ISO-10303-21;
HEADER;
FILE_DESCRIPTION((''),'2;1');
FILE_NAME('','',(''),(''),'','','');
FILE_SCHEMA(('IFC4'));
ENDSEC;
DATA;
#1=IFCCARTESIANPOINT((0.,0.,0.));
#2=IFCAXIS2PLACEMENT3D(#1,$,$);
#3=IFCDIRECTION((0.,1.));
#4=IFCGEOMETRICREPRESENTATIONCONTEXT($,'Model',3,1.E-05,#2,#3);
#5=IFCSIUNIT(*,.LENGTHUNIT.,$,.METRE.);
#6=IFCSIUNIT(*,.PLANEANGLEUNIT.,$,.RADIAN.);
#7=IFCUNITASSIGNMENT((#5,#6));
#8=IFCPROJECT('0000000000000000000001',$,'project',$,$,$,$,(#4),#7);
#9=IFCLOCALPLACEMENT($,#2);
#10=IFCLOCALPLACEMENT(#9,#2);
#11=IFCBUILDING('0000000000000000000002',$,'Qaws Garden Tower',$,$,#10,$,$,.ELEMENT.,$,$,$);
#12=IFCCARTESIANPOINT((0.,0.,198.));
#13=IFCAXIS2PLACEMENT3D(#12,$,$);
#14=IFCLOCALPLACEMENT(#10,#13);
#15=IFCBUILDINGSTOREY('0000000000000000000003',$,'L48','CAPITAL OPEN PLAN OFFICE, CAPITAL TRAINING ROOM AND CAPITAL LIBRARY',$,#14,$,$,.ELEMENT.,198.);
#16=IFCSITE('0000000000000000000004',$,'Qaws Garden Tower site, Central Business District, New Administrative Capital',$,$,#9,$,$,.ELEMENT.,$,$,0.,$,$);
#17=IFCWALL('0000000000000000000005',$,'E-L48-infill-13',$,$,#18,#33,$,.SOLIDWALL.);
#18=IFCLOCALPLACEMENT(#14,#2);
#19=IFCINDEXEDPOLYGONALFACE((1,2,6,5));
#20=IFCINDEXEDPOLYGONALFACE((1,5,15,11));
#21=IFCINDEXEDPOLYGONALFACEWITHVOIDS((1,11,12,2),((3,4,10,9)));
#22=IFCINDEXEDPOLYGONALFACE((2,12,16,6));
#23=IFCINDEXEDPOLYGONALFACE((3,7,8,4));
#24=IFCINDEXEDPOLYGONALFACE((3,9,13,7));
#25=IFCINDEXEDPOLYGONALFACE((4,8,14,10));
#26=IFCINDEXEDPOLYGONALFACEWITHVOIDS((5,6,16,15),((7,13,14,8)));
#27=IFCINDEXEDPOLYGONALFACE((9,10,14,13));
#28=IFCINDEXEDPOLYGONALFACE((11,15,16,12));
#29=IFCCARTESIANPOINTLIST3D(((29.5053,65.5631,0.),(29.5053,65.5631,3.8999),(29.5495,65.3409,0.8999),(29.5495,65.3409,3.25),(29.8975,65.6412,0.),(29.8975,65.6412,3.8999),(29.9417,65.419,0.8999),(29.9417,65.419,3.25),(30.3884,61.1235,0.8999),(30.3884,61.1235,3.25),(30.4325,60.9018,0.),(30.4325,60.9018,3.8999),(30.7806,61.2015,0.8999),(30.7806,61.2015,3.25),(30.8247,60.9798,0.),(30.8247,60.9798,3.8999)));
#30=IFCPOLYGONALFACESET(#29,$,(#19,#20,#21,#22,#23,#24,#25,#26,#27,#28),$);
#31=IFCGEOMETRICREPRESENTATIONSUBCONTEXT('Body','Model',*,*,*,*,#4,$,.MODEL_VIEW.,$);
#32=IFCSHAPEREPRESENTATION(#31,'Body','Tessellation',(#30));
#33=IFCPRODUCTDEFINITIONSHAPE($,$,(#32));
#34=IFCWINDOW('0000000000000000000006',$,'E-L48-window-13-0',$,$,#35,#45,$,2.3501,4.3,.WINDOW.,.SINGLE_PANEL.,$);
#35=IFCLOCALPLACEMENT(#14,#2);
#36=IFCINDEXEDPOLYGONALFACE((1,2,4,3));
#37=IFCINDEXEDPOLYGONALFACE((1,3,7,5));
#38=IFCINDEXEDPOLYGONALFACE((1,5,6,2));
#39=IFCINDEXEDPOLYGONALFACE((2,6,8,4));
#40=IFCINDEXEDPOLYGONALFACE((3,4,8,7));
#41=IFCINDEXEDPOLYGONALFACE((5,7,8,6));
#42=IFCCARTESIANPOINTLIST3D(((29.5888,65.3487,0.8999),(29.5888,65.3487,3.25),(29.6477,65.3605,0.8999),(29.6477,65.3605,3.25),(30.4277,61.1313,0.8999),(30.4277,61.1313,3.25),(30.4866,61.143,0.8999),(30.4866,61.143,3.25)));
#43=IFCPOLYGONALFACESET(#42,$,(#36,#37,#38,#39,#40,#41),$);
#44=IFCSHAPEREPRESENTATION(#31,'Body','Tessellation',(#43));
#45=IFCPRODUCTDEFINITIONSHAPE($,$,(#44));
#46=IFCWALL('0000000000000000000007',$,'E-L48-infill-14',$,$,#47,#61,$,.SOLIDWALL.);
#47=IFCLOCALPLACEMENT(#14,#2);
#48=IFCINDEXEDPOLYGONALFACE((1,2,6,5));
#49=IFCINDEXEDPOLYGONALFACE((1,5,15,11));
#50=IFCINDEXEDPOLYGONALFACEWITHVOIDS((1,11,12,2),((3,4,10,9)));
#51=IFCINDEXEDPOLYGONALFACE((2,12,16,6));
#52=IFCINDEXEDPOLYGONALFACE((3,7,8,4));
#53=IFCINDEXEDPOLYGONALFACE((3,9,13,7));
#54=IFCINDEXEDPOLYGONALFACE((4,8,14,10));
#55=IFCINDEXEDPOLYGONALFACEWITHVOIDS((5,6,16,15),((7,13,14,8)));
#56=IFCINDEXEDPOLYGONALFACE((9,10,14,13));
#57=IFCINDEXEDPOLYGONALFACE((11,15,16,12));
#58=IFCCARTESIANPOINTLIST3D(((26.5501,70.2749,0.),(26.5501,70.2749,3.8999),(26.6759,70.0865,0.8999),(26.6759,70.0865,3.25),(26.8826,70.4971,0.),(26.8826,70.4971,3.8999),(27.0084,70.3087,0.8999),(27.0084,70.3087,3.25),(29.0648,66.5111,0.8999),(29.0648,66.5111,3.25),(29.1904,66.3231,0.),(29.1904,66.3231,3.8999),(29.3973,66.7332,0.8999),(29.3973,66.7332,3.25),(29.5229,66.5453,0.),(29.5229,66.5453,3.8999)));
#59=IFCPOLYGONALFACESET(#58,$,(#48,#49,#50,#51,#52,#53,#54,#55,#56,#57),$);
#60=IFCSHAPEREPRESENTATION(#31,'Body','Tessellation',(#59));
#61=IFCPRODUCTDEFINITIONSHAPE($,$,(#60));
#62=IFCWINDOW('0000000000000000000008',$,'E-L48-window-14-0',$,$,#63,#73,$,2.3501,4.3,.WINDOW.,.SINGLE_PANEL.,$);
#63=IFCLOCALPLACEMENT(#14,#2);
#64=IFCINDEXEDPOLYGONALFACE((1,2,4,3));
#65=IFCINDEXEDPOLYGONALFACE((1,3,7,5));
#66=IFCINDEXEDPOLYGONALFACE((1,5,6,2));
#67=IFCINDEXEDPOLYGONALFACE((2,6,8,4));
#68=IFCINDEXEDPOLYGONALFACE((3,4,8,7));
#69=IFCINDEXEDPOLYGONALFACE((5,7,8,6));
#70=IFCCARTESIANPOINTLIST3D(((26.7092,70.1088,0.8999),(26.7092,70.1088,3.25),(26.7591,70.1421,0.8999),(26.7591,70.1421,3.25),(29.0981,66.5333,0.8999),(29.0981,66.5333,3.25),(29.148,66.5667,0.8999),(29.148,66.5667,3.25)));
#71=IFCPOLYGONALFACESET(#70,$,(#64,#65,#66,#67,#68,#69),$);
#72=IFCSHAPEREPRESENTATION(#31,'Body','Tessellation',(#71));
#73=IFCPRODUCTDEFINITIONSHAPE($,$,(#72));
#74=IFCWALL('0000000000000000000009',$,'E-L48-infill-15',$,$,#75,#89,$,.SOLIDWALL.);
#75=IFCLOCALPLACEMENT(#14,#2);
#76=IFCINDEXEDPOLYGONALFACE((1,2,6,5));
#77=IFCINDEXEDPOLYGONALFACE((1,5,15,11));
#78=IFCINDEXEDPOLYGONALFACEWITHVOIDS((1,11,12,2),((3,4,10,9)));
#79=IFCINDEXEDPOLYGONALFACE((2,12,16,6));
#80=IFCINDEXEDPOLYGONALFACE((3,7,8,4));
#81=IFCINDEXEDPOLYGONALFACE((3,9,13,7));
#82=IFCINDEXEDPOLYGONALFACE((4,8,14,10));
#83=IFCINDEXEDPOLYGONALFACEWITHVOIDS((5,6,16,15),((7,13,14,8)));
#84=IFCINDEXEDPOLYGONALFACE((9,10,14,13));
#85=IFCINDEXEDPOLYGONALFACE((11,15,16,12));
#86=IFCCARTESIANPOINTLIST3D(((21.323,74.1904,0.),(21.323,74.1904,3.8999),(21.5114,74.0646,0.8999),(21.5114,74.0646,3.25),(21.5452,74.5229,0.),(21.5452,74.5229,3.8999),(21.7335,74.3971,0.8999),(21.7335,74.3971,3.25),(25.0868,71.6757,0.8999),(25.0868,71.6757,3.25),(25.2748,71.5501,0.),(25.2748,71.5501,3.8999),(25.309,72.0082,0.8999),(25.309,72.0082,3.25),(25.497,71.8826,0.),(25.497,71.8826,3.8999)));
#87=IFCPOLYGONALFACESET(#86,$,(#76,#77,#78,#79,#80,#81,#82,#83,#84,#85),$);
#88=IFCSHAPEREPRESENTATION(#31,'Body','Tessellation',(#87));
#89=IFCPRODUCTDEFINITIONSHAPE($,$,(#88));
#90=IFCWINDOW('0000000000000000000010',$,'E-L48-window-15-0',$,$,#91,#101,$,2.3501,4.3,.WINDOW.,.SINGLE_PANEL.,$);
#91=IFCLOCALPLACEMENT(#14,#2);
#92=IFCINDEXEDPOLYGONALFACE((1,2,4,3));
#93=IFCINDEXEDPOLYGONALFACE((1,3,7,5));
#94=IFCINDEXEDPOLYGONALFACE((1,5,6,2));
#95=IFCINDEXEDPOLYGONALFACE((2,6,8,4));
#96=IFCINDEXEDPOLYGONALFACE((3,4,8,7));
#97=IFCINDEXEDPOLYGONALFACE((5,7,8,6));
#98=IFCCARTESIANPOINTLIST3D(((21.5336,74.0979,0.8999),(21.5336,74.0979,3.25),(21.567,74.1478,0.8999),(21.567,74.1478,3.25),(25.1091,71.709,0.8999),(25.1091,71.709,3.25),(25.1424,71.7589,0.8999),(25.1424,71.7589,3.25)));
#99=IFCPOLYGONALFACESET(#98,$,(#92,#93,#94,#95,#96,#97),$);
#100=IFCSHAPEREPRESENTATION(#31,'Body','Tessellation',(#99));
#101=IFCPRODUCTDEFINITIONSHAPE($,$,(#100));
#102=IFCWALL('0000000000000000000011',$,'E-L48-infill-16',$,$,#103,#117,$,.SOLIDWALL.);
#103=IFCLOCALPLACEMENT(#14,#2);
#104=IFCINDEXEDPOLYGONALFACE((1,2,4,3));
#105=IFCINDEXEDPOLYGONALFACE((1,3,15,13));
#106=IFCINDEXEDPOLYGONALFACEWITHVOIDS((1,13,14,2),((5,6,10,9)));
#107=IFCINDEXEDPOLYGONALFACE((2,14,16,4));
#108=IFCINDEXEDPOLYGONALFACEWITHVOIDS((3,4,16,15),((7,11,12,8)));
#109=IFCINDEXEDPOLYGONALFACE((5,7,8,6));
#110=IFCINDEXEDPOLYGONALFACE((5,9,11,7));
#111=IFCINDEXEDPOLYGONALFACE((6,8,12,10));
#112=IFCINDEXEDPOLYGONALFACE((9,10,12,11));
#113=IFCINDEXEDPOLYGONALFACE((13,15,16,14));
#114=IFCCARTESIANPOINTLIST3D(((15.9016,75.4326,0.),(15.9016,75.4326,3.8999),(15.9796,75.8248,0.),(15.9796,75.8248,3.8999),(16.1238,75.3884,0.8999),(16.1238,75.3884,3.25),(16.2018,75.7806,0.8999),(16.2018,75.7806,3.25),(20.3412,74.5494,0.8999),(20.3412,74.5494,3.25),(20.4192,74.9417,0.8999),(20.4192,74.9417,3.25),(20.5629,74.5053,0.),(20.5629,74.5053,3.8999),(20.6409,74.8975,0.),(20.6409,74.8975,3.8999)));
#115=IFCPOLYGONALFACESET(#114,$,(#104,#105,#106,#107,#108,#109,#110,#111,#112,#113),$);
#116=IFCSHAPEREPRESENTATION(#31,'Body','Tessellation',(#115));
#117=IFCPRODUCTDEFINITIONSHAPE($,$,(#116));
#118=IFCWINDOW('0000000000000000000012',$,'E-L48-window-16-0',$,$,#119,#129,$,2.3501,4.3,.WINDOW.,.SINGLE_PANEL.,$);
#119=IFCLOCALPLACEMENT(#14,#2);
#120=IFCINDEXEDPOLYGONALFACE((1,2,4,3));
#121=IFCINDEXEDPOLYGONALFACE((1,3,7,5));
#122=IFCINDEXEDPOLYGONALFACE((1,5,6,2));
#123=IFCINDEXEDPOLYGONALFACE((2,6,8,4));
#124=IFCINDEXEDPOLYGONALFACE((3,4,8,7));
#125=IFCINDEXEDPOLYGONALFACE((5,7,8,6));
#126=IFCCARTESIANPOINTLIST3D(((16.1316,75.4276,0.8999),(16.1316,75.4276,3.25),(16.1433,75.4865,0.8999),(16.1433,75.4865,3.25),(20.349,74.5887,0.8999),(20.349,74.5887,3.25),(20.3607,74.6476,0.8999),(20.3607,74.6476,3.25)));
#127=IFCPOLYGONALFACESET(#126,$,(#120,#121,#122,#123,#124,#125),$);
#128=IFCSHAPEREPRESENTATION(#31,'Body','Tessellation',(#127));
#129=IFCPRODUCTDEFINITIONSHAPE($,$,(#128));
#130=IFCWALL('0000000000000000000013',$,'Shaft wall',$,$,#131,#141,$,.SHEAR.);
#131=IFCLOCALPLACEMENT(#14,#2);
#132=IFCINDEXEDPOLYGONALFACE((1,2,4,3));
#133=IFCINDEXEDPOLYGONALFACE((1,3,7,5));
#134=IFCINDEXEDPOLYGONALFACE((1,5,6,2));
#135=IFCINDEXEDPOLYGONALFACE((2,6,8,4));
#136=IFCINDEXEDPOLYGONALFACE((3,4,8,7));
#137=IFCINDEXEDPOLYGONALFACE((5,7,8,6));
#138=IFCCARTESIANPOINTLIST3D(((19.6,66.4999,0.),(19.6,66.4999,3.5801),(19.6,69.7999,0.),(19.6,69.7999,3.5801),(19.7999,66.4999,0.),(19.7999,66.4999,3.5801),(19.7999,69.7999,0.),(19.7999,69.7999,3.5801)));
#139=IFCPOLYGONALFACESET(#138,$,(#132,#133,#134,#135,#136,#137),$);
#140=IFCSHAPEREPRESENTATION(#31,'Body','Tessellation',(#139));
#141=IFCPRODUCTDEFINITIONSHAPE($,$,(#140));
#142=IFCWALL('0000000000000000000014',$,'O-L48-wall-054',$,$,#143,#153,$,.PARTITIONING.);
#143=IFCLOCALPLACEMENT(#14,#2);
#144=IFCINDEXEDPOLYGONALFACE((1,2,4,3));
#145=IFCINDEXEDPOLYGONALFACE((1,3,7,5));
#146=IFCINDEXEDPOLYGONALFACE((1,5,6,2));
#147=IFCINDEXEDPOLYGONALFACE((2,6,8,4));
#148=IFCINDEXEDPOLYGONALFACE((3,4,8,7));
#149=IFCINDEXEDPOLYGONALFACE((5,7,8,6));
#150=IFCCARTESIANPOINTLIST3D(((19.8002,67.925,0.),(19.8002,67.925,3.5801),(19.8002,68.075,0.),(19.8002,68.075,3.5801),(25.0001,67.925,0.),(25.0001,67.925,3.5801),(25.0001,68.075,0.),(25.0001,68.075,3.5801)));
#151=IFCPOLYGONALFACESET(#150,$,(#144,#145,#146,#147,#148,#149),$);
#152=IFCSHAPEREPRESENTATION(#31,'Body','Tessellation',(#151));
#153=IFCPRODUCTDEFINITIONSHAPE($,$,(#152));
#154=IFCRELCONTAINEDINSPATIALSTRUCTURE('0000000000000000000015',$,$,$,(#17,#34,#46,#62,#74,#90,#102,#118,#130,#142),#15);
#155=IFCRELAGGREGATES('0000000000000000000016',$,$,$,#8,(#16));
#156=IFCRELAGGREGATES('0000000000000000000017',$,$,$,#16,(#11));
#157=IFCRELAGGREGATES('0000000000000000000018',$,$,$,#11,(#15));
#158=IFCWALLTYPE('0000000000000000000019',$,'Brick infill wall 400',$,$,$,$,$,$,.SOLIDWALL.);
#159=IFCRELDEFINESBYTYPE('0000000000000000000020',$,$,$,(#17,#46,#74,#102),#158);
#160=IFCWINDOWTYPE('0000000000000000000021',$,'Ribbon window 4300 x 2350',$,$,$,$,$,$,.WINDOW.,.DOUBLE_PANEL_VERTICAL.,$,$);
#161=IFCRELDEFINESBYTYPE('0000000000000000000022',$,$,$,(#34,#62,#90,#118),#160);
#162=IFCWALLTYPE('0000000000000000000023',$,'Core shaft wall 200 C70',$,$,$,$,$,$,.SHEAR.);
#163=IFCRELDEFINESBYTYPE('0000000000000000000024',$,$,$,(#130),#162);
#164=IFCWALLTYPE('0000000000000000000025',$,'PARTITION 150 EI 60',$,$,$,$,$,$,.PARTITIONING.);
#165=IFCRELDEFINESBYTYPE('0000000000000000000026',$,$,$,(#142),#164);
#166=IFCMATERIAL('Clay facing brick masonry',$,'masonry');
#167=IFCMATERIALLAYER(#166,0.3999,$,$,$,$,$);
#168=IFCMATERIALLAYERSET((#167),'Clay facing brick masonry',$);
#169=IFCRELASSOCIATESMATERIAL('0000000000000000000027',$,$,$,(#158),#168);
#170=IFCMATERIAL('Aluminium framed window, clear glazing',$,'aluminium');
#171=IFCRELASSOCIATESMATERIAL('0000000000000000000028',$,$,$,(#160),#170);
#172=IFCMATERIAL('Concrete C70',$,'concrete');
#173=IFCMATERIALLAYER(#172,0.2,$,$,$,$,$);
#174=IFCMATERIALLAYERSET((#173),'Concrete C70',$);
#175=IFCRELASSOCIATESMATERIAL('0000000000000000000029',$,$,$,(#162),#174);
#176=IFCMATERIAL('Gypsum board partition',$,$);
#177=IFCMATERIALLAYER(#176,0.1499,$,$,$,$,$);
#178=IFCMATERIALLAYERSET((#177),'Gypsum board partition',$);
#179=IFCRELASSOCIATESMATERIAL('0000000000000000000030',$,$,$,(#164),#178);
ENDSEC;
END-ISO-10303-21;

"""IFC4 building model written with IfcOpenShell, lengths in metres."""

from ifc_helpers import new_model, si_unit, direction, frame, frame_2d, origin, place, context, subcontext, project, spatial, rectangle, extrude, material, layer, layer_set, type_object, element, fill, save


model = new_model("IFC4")

# Units and contexts
model_context = context("Model", 3, precision=1e-05, world=origin(), true_north=direction((0.0, 1.0)))
body_context = subcontext(model_context, "Body", "Model", "MODEL_VIEW")
ifc_project = project(units=[si_unit("LENGTHUNIT", "METRE"), si_unit("PLANEANGLEUNIT", "RADIAN")], contexts=[model_context])

# Site, building, storey
site_placement = place(None, origin())
site = spatial("IfcSite", under=ifc_project, at=site_placement, Name="Qaws Garden Tower site, Central Business District, New Administrative Capital", CompositionType="ELEMENT", RefElevation=0.0)
building_placement = place(site_placement, origin())
building = spatial("IfcBuilding", under=site, at=building_placement, Name="Qaws Garden Tower", CompositionType="ELEMENT")
storey_placement = place(building_placement, frame((0.0, 0.0, 198.0)))
storey = spatial("IfcBuildingStorey", under=building, at=storey_placement, Name="L48", Description="CAPITAL OPEN PLAN OFFICE, CAPITAL TRAINING ROOM AND CAPITAL LIBRARY", CompositionType="ELEMENT", Elevation=198.0)

# Walls, openings, windows
ifc_material_1 = material(Name="Clay facing brick masonry", Category="masonry")
ifc_layer_1 = layer(ifc_material_1, 0.3999)
ifc_layer_set_1 = layer_set([ifc_layer_1], Name="Clay facing brick masonry")
wall_type_1 = type_object("IfcWallType", Name="Brick infill wall 400", PredefinedType="SOLIDWALL", material=ifc_layer_set_1)
wall_1_placement = place(storey_placement, frame((30.6287, 60.9407, 0.0), z_axis=(0.0, 0.0, 1.0), x_axis=(-0.195099, 0.980784, 0.0)))
wall_1 = element("IfcWall", 1, at=wall_1_placement, inside=storey, type_object=wall_type_1, Name="E-L48-infill-13", PredefinedType="SOLIDWALL", context=body_context, shape_type="SweptSolid", body=[
    extrude(rectangle(XDim=4.7527, YDim=0.3999, at=frame_2d((2.3765, 0.0))), origin(), (0.0, 0.0, 1.0), 3.8999),
])
opening_1_placement = place(wall_1_placement, frame((0.2263, 0.0, 0.8999)))
opening_1 = element("IfcOpeningElement", 2, at=opening_1_placement, cuts=wall_1, PredefinedType="OPENING", context=body_context, shape_type="SweptSolid", body=[
    extrude(rectangle(XDim=4.3, YDim=2.3501, at=frame_2d((2.1499, 1.175))), frame((0.0, 0.21, 0.0), z_axis=(0.0, -1.0, 0.0), x_axis=(1.0, 0.0, 0.0)), (0.0, 0.0, 1.0), 0.4199),
])
ifc_material_2 = material(Name="Aluminium framed window, clear glazing", Category="aluminium")
window_type = type_object("IfcWindowType", Name="Ribbon window 4300 x 2350", PartitioningType="DOUBLE_PANEL_VERTICAL", PredefinedType="WINDOW", material=ifc_material_2)
window_1_placement = place(opening_1_placement, origin())
window_1 = element("IfcWindow", 3, at=window_1_placement, inside=storey, type_object=window_type, Name="E-L48-window-13-0", OverallHeight=2.3501, OverallWidth=4.3, PartitioningType="SINGLE_PANEL", PredefinedType="WINDOW", context=body_context, shape_type="SweptSolid", body=[
    extrude(rectangle(XDim=4.3, YDim=2.3501, at=frame_2d((2.1499, 1.175))), frame((0.0, 0.1599, 0.0), z_axis=(0.0, -1.0, 0.0), x_axis=(1.0, 0.0, 0.0)), (0.0, 0.0, 1.0), 0.0601),
])
fill(opening_1, window_1)
wall_2_placement = place(storey_placement, frame((29.3567, 66.4341, 0.0), z_axis=(0.0, 0.0, 1.0), x_axis=(-0.555542, 0.831489, 0.0)))
wall_2 = element("IfcWall", 4, at=wall_2_placement, inside=storey, type_object=wall_type_1, Name="E-L48-infill-14", PredefinedType="SOLIDWALL", context=body_context, shape_type="SweptSolid", body=[
    extrude(rectangle(XDim=4.7527, YDim=0.3999, at=frame_2d((2.3765, 0.0))), origin(), (0.0, 0.0, 1.0), 3.8999),
])
opening_2_placement = place(wall_2_placement, frame((0.2263, 0.0, 0.8999)))
opening_2 = element("IfcOpeningElement", 5, at=opening_2_placement, cuts=wall_2, PredefinedType="OPENING", context=body_context, shape_type="SweptSolid", body=[
    extrude(rectangle(XDim=4.3, YDim=2.3501, at=frame_2d((2.1499, 1.175))), frame((0.0, 0.21, 0.0), z_axis=(0.0, -1.0, 0.0), x_axis=(1.0, 0.0, 0.0)), (0.0, 0.0, 1.0), 0.4199),
])
window_2_placement = place(opening_2_placement, origin())
window_2 = element("IfcWindow", 6, at=window_2_placement, inside=storey, type_object=window_type, Name="E-L48-window-14-0", OverallHeight=2.3501, OverallWidth=4.3, PartitioningType="SINGLE_PANEL", PredefinedType="WINDOW", context=body_context, shape_type="SweptSolid", body=[
    extrude(rectangle(XDim=4.3, YDim=2.3501, at=frame_2d((2.1499, 1.175))), frame((0.0, 0.1599, 0.0), z_axis=(0.0, -1.0, 0.0), x_axis=(1.0, 0.0, 0.0)), (0.0, 0.0, 1.0), 0.0601),
])
fill(opening_2, window_2)
wall_3_placement = place(storey_placement, frame((25.386, 71.7163, 0.0), z_axis=(0.0, 0.0, 1.0), x_axis=(-0.831489, 0.555542, 0.0)))
wall_3 = element("IfcWall", 7, at=wall_3_placement, inside=storey, type_object=wall_type_1, Name="E-L48-infill-15", PredefinedType="SOLIDWALL", context=body_context, shape_type="SweptSolid", body=[
    extrude(rectangle(XDim=4.7527, YDim=0.3999, at=frame_2d((2.3765, 0.0))), origin(), (0.0, 0.0, 1.0), 3.8999),
])
opening_3_placement = place(wall_3_placement, frame((0.2263, 0.0, 0.8999)))
opening_3 = element("IfcOpeningElement", 8, at=opening_3_placement, cuts=wall_3, PredefinedType="OPENING", context=body_context, shape_type="SweptSolid", body=[
    extrude(rectangle(XDim=4.3, YDim=2.3501, at=frame_2d((2.1499, 1.175))), frame((0.0, 0.21, 0.0), z_axis=(0.0, -1.0, 0.0), x_axis=(1.0, 0.0, 0.0)), (0.0, 0.0, 1.0), 0.4199),
])
window_3_placement = place(opening_3_placement, origin())
window_3 = element("IfcWindow", 9, at=window_3_placement, inside=storey, type_object=window_type, Name="E-L48-window-15-0", OverallHeight=2.3501, OverallWidth=4.3, PartitioningType="SINGLE_PANEL", PredefinedType="WINDOW", context=body_context, shape_type="SweptSolid", body=[
    extrude(rectangle(XDim=4.3, YDim=2.3501, at=frame_2d((2.1499, 1.175))), frame((0.0, 0.1599, 0.0), z_axis=(0.0, -1.0, 0.0), x_axis=(1.0, 0.0, 0.0)), (0.0, 0.0, 1.0), 0.0601),
])
fill(opening_3, window_3)
wall_4_placement = place(storey_placement, frame((20.6021, 74.7014, 0.0), z_axis=(0.0, 0.0, 1.0), x_axis=(-0.980784, 0.195099, 0.0)))
wall_4 = element("IfcWall", 10, at=wall_4_placement, inside=storey, type_object=wall_type_1, Name="E-L48-infill-16", PredefinedType="SOLIDWALL", context=body_context, shape_type="SweptSolid", body=[
    extrude(rectangle(XDim=4.7527, YDim=0.3999, at=frame_2d((2.3765, 0.0))), origin(), (0.0, 0.0, 1.0), 3.8999),
])
opening_4_placement = place(wall_4_placement, frame((0.2263, 0.0, 0.8999)))
opening_4 = element("IfcOpeningElement", 11, at=opening_4_placement, cuts=wall_4, PredefinedType="OPENING", context=body_context, shape_type="SweptSolid", body=[
    extrude(rectangle(XDim=4.3, YDim=2.3501, at=frame_2d((2.1499, 1.175))), frame((0.0, 0.21, 0.0), z_axis=(0.0, -1.0, 0.0), x_axis=(1.0, 0.0, 0.0)), (0.0, 0.0, 1.0), 0.4199),
])
window_4_placement = place(opening_4_placement, origin())
window_4 = element("IfcWindow", 12, at=window_4_placement, inside=storey, type_object=window_type, Name="E-L48-window-16-0", OverallHeight=2.3501, OverallWidth=4.3, PartitioningType="SINGLE_PANEL", PredefinedType="WINDOW", context=body_context, shape_type="SweptSolid", body=[
    extrude(rectangle(XDim=4.3, YDim=2.3501, at=frame_2d((2.1499, 1.175))), frame((0.0, 0.1599, 0.0), z_axis=(0.0, -1.0, 0.0), x_axis=(1.0, 0.0, 0.0)), (0.0, 0.0, 1.0), 0.0601),
])
fill(opening_4, window_4)

# Walls
ifc_material_3 = material(Name="Concrete C70", Category="concrete")
ifc_layer_2 = layer(ifc_material_3, 0.2)
ifc_layer_set_2 = layer_set([ifc_layer_2], Name="Concrete C70")
wall_type_2 = type_object("IfcWallType", Name="Core shaft wall 200 C70", PredefinedType="SHEAR", material=ifc_layer_set_2)
wall_5_placement = place(storey_placement, frame((19.7, 66.5, 0.0), z_axis=(0.0, 0.0, 1.0), x_axis=(0.0, 1.0, 0.0)))
element("IfcWall", 13, at=wall_5_placement, inside=storey, type_object=wall_type_2, Name="Shaft wall", PredefinedType="SHEAR", context=body_context, shape_type="SweptSolid", body=[
    extrude(rectangle(XDim=3.3, YDim=0.2, at=frame_2d((1.6499, 0.0))), origin(), (0.0, 0.0, 1.0), 3.5801),
])
ifc_material_4 = material(Name="Gypsum board partition")
ifc_layer_3 = layer(ifc_material_4, 0.1499)
ifc_layer_set_3 = layer_set([ifc_layer_3], Name="Gypsum board partition")
wall_type_3 = type_object("IfcWallType", Name="PARTITION 150 EI 60", PredefinedType="PARTITIONING", material=ifc_layer_set_3)
wall_6_placement = place(storey_placement, frame((19.8, 68.0, 0.0), z_axis=(0.0, 0.0, 1.0), x_axis=(1.0, 0.0, 0.0)))
element("IfcWall", 14, at=wall_6_placement, inside=storey, type_object=wall_type_3, Name="O-L48-wall-054", PredefinedType="PARTITIONING", context=body_context, shape_type="SweptSolid", body=[
    extrude(rectangle(XDim=5.2, YDim=0.1499, at=frame_2d((2.6001, 0.0))), origin(), (0.0, 0.0, 1.0), 3.5801),
])

save(model, "model.ifc")
